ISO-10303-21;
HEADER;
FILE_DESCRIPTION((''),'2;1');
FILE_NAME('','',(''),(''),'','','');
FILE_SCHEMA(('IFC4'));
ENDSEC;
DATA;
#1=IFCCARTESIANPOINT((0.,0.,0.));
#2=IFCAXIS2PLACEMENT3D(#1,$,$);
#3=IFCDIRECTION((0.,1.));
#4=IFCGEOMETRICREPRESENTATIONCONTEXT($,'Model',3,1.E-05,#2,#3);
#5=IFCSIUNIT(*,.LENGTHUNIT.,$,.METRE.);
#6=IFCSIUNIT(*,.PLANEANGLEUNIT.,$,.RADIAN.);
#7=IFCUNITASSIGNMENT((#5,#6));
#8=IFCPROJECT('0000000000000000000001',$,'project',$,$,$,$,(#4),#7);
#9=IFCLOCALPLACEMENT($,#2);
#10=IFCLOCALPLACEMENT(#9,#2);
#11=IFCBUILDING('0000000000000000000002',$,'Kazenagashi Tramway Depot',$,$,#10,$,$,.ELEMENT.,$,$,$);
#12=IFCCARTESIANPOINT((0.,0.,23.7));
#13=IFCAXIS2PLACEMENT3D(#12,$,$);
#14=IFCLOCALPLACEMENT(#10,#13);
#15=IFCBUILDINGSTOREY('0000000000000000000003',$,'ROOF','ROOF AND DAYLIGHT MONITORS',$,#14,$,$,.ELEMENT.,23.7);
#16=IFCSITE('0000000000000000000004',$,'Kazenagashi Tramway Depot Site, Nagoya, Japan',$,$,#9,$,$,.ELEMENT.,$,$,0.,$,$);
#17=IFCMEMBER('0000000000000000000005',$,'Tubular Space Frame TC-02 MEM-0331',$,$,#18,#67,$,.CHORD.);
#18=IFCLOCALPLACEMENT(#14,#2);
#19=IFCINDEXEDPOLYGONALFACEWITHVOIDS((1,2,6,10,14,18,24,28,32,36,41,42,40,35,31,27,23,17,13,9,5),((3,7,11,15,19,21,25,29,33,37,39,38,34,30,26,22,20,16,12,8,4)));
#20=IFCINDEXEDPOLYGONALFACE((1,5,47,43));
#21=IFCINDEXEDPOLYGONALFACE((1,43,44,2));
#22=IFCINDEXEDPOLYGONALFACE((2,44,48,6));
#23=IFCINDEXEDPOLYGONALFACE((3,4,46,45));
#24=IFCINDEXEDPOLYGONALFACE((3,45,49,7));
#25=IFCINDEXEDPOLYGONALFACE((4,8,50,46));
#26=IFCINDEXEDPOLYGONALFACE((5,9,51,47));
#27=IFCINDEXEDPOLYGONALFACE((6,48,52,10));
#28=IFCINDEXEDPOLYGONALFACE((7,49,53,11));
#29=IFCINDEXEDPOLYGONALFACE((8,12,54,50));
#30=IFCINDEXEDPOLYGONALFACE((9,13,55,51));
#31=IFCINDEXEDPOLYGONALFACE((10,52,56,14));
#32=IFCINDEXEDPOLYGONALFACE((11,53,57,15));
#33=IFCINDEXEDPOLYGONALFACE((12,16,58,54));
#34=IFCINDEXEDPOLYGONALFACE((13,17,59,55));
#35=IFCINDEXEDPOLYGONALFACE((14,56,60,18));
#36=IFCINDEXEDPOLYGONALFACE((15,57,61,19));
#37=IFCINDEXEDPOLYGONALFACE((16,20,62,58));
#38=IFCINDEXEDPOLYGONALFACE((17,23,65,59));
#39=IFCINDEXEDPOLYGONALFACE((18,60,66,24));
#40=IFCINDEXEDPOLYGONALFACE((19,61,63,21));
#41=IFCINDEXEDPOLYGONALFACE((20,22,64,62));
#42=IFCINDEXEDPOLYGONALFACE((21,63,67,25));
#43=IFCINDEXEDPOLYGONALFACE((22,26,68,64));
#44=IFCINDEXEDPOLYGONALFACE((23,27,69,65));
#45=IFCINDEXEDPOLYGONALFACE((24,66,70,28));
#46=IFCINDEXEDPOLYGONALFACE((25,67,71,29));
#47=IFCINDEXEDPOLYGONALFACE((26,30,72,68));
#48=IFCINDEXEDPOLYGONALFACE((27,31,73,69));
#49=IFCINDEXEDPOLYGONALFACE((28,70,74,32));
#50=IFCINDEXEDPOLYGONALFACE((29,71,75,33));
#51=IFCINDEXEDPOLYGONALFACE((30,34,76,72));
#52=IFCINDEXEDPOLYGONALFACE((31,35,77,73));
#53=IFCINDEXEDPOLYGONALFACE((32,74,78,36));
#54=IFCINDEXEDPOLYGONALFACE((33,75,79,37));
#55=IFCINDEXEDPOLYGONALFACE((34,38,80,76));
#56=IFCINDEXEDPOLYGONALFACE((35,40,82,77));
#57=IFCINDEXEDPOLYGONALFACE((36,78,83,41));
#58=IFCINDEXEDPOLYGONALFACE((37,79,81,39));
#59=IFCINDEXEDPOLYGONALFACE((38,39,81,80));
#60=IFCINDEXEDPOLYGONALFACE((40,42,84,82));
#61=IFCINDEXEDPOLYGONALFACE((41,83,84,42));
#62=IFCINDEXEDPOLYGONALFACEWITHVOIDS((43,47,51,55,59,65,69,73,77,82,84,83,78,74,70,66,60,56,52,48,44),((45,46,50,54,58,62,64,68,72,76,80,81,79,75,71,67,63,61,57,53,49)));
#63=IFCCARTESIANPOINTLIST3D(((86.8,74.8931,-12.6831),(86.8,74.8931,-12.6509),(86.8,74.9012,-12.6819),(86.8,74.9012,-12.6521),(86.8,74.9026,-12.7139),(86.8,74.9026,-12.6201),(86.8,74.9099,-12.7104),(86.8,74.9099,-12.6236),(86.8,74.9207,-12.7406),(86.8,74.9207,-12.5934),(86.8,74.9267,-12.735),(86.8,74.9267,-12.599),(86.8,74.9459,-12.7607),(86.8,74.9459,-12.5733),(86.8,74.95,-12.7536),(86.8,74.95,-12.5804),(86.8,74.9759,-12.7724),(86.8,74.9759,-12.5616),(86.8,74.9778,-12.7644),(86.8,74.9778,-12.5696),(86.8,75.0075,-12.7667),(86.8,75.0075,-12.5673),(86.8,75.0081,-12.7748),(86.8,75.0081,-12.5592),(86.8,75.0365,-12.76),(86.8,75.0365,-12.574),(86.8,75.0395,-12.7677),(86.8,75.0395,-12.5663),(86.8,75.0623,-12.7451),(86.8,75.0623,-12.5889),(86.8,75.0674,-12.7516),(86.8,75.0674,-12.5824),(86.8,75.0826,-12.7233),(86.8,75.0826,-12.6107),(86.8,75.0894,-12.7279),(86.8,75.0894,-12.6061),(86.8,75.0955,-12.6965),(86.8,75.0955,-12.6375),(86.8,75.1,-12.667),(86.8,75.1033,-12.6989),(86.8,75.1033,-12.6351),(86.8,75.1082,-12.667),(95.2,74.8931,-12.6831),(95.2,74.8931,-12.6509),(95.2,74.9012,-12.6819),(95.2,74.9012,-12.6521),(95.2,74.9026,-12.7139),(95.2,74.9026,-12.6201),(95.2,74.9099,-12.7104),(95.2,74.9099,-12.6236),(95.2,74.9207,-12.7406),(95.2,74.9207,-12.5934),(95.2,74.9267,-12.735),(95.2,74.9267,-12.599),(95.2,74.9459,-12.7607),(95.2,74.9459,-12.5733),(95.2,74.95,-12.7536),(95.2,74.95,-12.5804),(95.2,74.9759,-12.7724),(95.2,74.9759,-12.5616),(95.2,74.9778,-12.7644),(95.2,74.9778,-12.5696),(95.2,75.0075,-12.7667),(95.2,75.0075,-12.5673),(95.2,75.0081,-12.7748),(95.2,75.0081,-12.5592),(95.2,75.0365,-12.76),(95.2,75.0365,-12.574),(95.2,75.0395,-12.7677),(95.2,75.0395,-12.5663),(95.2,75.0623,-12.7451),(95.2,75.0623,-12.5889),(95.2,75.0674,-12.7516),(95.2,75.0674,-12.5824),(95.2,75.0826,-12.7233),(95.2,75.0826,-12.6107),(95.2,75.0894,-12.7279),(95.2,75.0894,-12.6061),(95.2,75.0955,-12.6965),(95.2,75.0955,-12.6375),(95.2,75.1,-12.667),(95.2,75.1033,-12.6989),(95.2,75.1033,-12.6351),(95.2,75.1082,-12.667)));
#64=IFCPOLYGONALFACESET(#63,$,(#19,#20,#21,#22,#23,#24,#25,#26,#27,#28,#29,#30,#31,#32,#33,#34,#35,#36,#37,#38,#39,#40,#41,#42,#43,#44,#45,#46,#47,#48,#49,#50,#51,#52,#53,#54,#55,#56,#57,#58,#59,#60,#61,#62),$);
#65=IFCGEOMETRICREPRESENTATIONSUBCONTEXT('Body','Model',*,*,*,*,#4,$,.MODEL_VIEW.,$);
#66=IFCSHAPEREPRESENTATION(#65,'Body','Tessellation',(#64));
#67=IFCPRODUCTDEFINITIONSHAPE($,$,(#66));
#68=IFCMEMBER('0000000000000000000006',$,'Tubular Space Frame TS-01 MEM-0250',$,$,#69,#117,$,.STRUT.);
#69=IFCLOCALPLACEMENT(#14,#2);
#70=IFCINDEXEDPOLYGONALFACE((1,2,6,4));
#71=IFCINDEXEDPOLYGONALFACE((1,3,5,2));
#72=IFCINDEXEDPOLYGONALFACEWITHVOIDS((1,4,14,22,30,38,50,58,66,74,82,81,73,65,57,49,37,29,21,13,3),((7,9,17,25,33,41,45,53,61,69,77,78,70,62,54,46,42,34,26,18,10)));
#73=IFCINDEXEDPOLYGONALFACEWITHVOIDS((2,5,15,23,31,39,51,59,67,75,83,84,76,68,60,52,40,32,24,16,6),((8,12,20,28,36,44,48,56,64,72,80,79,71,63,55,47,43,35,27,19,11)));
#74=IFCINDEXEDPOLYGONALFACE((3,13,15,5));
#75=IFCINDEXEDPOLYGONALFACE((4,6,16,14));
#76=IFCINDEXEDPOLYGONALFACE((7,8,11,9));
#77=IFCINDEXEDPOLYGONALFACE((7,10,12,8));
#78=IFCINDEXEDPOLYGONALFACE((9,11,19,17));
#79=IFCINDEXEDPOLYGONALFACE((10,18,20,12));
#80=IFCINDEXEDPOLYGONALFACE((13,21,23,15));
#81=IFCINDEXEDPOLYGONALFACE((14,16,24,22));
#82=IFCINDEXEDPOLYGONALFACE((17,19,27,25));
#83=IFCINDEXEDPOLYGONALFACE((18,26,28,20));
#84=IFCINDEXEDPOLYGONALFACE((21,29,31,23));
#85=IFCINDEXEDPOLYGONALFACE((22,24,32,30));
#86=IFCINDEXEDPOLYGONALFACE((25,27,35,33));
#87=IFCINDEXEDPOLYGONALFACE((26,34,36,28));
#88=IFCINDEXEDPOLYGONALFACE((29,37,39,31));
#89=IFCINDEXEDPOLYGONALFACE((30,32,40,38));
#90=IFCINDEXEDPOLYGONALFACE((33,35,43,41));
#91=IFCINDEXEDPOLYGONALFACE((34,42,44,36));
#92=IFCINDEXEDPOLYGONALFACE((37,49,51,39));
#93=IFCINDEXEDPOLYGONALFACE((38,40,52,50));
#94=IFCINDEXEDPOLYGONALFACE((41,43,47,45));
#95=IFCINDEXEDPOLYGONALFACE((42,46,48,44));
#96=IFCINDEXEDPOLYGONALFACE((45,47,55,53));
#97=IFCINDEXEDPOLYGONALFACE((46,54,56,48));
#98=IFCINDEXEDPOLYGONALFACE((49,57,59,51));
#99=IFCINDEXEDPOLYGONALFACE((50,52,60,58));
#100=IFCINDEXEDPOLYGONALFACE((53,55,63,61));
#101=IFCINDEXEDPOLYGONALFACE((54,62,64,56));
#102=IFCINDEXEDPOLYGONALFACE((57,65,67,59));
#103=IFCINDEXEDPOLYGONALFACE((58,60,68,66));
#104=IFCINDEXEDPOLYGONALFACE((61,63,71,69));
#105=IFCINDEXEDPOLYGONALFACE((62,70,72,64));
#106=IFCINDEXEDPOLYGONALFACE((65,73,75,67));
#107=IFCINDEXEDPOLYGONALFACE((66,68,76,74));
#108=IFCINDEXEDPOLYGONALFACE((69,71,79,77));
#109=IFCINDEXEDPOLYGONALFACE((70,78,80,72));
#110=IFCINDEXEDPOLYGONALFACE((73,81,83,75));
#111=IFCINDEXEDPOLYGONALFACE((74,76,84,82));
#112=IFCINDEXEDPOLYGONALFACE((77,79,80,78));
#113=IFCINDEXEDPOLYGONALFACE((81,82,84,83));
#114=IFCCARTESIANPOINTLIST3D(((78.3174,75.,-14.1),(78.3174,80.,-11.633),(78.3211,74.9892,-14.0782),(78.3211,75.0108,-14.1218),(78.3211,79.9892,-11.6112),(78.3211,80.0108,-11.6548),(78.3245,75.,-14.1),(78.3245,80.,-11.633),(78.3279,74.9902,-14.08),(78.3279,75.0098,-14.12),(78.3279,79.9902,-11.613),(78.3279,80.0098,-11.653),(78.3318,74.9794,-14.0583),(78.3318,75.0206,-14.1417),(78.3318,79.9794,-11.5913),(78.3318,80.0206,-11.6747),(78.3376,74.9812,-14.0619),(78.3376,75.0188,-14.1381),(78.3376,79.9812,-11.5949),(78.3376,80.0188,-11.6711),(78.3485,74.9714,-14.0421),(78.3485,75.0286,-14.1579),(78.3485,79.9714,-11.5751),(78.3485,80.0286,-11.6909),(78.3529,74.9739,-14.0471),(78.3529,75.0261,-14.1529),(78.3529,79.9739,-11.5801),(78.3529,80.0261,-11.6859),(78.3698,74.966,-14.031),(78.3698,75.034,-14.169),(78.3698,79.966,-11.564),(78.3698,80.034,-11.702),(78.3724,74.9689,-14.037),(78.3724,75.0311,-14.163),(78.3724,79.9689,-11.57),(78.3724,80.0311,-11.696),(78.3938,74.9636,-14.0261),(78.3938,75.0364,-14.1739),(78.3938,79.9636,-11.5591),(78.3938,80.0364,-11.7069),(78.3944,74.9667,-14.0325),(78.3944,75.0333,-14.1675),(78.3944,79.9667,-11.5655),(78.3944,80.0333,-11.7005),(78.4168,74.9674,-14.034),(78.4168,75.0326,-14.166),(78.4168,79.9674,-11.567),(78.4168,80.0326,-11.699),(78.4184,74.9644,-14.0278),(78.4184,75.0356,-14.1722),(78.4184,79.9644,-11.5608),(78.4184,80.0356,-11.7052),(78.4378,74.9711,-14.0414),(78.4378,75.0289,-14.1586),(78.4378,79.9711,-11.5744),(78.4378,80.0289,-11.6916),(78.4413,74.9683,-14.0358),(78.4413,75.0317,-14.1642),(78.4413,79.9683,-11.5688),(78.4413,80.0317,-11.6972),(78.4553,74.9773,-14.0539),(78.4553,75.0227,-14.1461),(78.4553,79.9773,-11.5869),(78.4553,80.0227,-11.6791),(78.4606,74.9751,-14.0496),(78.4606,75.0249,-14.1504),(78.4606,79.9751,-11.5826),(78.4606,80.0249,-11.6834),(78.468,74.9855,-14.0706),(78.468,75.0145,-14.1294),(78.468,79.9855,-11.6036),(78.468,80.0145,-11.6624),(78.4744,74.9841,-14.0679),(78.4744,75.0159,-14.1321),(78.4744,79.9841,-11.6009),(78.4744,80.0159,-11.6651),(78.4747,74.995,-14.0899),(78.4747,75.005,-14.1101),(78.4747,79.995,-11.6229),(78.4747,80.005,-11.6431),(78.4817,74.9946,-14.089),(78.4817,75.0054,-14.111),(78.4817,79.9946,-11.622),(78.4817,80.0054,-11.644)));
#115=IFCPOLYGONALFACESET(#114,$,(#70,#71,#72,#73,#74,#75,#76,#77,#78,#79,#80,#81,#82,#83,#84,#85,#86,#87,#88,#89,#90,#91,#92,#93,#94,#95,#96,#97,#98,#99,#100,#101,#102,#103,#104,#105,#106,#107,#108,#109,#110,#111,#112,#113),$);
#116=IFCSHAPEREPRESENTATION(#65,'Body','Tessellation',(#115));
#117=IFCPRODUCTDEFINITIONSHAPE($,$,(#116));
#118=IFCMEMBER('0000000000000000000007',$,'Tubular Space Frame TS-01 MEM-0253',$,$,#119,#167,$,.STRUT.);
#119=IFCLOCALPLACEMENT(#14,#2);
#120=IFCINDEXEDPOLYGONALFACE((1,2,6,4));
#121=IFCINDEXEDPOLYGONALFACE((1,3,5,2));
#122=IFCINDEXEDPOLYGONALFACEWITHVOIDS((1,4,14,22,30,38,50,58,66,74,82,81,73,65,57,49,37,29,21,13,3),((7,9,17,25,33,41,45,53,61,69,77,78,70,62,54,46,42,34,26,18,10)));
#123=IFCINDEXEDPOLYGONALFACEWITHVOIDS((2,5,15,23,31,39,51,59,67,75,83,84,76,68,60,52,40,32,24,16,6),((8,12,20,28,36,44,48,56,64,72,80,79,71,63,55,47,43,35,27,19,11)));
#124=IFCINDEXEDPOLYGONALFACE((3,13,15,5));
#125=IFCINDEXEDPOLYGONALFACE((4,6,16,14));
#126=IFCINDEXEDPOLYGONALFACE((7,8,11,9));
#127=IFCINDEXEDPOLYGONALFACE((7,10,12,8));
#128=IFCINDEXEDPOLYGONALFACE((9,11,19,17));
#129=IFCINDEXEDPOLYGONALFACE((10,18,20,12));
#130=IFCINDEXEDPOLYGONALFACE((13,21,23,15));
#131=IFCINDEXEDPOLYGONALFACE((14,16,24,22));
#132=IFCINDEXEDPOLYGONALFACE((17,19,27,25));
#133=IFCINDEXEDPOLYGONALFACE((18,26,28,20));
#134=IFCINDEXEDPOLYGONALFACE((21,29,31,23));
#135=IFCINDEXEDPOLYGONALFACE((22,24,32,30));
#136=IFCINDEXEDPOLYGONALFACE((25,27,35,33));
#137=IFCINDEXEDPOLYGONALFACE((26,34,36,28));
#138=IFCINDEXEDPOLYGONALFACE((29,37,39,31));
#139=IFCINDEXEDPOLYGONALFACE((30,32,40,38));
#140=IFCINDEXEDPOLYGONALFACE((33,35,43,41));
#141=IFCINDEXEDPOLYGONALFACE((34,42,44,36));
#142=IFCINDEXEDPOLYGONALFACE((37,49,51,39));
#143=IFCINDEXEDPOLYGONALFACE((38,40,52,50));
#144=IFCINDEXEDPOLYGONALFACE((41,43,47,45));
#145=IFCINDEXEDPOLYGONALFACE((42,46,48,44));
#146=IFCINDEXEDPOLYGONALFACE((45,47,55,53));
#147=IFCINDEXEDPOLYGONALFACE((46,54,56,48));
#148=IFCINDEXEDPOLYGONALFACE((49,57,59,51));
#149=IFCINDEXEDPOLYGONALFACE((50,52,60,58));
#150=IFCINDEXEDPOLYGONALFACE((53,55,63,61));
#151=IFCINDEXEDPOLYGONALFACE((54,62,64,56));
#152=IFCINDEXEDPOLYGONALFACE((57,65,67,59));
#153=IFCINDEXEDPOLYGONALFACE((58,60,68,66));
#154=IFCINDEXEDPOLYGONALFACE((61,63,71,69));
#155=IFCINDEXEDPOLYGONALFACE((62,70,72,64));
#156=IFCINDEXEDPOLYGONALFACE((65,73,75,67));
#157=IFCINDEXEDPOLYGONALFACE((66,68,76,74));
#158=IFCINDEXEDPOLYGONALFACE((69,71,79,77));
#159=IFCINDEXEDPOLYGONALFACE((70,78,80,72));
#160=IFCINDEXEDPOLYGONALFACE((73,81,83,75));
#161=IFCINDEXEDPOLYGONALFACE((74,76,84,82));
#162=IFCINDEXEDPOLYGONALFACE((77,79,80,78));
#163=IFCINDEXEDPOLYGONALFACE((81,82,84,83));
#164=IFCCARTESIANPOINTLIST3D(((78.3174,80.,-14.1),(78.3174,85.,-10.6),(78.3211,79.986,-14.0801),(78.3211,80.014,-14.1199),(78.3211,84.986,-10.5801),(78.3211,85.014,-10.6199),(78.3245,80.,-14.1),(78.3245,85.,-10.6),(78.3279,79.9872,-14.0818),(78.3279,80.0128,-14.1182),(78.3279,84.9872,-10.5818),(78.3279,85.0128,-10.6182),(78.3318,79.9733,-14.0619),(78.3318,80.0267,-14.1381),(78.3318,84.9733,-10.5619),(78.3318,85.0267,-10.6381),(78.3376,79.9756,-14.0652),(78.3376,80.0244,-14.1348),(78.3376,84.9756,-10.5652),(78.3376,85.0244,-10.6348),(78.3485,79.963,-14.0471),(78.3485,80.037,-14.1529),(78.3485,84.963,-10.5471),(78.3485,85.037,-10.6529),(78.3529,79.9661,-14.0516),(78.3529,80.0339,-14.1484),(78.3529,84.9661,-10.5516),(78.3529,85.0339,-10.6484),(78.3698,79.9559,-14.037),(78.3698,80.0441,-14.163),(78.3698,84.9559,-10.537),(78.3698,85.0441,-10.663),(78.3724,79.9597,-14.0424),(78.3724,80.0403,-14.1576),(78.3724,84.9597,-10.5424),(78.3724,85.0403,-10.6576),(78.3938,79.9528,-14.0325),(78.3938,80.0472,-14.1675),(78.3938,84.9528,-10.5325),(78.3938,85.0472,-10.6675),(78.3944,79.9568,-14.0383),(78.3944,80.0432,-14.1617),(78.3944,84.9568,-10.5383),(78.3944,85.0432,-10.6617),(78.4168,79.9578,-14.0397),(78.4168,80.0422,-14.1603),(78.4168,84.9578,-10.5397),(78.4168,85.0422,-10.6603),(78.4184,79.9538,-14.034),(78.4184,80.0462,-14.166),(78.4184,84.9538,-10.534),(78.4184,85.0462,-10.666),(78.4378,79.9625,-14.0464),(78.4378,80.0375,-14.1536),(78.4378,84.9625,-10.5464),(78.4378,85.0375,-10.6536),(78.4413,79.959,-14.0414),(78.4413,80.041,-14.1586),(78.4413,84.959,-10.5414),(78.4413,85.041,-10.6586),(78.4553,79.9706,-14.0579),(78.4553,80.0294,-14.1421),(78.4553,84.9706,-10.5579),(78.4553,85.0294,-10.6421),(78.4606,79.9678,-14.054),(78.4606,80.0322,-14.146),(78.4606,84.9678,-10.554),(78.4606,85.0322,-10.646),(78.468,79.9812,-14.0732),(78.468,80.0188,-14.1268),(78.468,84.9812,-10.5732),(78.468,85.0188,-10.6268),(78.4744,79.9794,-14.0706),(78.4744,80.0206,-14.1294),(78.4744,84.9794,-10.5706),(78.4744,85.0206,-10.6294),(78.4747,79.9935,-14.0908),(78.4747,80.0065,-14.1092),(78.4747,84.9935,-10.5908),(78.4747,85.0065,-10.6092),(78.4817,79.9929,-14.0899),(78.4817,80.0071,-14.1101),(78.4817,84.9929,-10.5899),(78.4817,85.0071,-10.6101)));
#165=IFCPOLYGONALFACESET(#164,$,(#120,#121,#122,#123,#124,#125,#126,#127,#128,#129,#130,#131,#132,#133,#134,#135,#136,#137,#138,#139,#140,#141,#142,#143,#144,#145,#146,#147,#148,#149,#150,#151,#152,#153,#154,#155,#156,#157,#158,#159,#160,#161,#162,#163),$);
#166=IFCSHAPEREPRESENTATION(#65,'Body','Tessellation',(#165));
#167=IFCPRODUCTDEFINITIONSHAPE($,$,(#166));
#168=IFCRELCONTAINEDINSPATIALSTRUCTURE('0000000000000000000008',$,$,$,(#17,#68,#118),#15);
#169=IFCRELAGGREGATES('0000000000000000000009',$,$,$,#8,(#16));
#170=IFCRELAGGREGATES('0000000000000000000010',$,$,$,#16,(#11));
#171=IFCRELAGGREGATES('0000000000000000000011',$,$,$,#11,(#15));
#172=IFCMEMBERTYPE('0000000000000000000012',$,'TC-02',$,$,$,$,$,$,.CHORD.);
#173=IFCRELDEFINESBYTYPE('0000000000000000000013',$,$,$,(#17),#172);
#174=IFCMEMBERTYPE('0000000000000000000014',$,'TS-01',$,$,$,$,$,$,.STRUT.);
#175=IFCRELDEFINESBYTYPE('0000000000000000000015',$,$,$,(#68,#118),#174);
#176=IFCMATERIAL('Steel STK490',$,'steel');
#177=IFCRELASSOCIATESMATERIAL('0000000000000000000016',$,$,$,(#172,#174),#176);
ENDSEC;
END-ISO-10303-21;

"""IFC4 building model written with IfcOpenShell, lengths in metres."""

from ifc_helpers import new_model, si_unit, direction, frame, origin, origin_2d, place, context, subcontext, project, spatial, hollow_circle, extrude, material, material_profile, profile_set, type_object, element, save


model = new_model("IFC4")

# Units and contexts
model_context = context("Model", 3, precision=1e-05, world=origin(), true_north=direction((0.0, 1.0)))
body_context = subcontext(model_context, "Body", "Model", "MODEL_VIEW")
ifc_project = project(units=[si_unit("LENGTHUNIT", "METRE"), si_unit("PLANEANGLEUNIT", "RADIAN")], contexts=[model_context])

# Site, building, storey
site_placement = place(None, origin())
site = spatial("IfcSite", under=ifc_project, at=site_placement, Name="Kazenagashi Tramway Depot Site, Nagoya, Japan", CompositionType="ELEMENT", RefElevation=0.0)
building_placement = place(site_placement, origin())
building = spatial("IfcBuilding", under=site, at=building_placement, Name="Kazenagashi Tramway Depot", CompositionType="ELEMENT")
storey_placement = place(building_placement, frame((0.0, 0.0, 23.7)))
storey = spatial("IfcBuildingStorey", under=building, at=storey_placement, Name="ROOF", Description="ROOF AND DAYLIGHT MONITORS", CompositionType="ELEMENT", Elevation=23.7)

# Members
ifc_material_1 = material(Name="Steel STK490", Category="steel")
ifc_material_profile_1 = material_profile(ifc_material_1, hollow_circle(Radius=0.1081, WallThickness=0.0082, at=origin_2d()), Name="CHS-216.3x8.2")
ifc_profile_set_1 = profile_set([ifc_material_profile_1], Name="Steel STK490")
member_type_1 = type_object("IfcMemberType", Name="TC-02", PredefinedType="CHORD", material=ifc_profile_set_1)
member_1_placement = place(storey_placement, frame((86.8, 75.0, -12.667), z_axis=(1.0, 0.0, 0.0), x_axis=(0.0, 1.0, 0.0)))
element("IfcMember", 1, at=member_1_placement, inside=storey, type_object=member_type_1, Name="Tubular Space Frame TC-02 MEM-0331", PredefinedType="CHORD", context=body_context, shape_type="SweptSolid", body=[
    extrude(hollow_circle(Radius=0.1081, WallThickness=0.0082, at=origin_2d()), origin(), (0.0, 0.0, 1.0), 8.4),
])
ifc_material_profile_2 = material_profile(ifc_material_1, hollow_circle(Radius=0.0826, WallThickness=0.0071, at=origin_2d()), Name="CHS-165.2x7.1")
ifc_profile_set_2 = profile_set([ifc_material_profile_2], Name="Steel STK490")
member_type_2 = type_object("IfcMemberType", Name="TS-01", PredefinedType="STRUT", material=ifc_profile_set_2)
member_2_placement = place(storey_placement, frame((78.4, 75.0, -14.1), z_axis=(0.0, 0.896782, 0.442472), x_axis=(-1.0, 0.0, 0.0)))
element("IfcMember", 2, at=member_2_placement, inside=storey, type_object=member_type_2, Name="Tubular Space Frame TS-01 MEM-0250", PredefinedType="STRUT", context=body_context, shape_type="SweptSolid", body=[
    extrude(hollow_circle(Radius=0.0826, WallThickness=0.0071, at=origin_2d()), origin(), (0.0, 0.0, 1.0), 5.5755),
])
for number, where, z_axis, x_axis, name in (
    (3, (78.4, 80.0, -14.1), (0.0, 0.819232, 0.573462), (-1.0, 0.0, 0.0), "Tubular Space Frame TS-01 MEM-0253"),
):
    element("IfcMember", number, at=place(storey_placement, frame(where, z_axis=z_axis, x_axis=x_axis)), inside=storey, type_object=member_type_2, Name=name, PredefinedType="STRUT", context=body_context, shape_type="SweptSolid", body=[
        extrude(hollow_circle(Radius=0.0826, WallThickness=0.0071, at=origin_2d()), origin(), (0.0, 0.0, 1.0), 6.1033),
    ])

save(model, "model.ifc")
